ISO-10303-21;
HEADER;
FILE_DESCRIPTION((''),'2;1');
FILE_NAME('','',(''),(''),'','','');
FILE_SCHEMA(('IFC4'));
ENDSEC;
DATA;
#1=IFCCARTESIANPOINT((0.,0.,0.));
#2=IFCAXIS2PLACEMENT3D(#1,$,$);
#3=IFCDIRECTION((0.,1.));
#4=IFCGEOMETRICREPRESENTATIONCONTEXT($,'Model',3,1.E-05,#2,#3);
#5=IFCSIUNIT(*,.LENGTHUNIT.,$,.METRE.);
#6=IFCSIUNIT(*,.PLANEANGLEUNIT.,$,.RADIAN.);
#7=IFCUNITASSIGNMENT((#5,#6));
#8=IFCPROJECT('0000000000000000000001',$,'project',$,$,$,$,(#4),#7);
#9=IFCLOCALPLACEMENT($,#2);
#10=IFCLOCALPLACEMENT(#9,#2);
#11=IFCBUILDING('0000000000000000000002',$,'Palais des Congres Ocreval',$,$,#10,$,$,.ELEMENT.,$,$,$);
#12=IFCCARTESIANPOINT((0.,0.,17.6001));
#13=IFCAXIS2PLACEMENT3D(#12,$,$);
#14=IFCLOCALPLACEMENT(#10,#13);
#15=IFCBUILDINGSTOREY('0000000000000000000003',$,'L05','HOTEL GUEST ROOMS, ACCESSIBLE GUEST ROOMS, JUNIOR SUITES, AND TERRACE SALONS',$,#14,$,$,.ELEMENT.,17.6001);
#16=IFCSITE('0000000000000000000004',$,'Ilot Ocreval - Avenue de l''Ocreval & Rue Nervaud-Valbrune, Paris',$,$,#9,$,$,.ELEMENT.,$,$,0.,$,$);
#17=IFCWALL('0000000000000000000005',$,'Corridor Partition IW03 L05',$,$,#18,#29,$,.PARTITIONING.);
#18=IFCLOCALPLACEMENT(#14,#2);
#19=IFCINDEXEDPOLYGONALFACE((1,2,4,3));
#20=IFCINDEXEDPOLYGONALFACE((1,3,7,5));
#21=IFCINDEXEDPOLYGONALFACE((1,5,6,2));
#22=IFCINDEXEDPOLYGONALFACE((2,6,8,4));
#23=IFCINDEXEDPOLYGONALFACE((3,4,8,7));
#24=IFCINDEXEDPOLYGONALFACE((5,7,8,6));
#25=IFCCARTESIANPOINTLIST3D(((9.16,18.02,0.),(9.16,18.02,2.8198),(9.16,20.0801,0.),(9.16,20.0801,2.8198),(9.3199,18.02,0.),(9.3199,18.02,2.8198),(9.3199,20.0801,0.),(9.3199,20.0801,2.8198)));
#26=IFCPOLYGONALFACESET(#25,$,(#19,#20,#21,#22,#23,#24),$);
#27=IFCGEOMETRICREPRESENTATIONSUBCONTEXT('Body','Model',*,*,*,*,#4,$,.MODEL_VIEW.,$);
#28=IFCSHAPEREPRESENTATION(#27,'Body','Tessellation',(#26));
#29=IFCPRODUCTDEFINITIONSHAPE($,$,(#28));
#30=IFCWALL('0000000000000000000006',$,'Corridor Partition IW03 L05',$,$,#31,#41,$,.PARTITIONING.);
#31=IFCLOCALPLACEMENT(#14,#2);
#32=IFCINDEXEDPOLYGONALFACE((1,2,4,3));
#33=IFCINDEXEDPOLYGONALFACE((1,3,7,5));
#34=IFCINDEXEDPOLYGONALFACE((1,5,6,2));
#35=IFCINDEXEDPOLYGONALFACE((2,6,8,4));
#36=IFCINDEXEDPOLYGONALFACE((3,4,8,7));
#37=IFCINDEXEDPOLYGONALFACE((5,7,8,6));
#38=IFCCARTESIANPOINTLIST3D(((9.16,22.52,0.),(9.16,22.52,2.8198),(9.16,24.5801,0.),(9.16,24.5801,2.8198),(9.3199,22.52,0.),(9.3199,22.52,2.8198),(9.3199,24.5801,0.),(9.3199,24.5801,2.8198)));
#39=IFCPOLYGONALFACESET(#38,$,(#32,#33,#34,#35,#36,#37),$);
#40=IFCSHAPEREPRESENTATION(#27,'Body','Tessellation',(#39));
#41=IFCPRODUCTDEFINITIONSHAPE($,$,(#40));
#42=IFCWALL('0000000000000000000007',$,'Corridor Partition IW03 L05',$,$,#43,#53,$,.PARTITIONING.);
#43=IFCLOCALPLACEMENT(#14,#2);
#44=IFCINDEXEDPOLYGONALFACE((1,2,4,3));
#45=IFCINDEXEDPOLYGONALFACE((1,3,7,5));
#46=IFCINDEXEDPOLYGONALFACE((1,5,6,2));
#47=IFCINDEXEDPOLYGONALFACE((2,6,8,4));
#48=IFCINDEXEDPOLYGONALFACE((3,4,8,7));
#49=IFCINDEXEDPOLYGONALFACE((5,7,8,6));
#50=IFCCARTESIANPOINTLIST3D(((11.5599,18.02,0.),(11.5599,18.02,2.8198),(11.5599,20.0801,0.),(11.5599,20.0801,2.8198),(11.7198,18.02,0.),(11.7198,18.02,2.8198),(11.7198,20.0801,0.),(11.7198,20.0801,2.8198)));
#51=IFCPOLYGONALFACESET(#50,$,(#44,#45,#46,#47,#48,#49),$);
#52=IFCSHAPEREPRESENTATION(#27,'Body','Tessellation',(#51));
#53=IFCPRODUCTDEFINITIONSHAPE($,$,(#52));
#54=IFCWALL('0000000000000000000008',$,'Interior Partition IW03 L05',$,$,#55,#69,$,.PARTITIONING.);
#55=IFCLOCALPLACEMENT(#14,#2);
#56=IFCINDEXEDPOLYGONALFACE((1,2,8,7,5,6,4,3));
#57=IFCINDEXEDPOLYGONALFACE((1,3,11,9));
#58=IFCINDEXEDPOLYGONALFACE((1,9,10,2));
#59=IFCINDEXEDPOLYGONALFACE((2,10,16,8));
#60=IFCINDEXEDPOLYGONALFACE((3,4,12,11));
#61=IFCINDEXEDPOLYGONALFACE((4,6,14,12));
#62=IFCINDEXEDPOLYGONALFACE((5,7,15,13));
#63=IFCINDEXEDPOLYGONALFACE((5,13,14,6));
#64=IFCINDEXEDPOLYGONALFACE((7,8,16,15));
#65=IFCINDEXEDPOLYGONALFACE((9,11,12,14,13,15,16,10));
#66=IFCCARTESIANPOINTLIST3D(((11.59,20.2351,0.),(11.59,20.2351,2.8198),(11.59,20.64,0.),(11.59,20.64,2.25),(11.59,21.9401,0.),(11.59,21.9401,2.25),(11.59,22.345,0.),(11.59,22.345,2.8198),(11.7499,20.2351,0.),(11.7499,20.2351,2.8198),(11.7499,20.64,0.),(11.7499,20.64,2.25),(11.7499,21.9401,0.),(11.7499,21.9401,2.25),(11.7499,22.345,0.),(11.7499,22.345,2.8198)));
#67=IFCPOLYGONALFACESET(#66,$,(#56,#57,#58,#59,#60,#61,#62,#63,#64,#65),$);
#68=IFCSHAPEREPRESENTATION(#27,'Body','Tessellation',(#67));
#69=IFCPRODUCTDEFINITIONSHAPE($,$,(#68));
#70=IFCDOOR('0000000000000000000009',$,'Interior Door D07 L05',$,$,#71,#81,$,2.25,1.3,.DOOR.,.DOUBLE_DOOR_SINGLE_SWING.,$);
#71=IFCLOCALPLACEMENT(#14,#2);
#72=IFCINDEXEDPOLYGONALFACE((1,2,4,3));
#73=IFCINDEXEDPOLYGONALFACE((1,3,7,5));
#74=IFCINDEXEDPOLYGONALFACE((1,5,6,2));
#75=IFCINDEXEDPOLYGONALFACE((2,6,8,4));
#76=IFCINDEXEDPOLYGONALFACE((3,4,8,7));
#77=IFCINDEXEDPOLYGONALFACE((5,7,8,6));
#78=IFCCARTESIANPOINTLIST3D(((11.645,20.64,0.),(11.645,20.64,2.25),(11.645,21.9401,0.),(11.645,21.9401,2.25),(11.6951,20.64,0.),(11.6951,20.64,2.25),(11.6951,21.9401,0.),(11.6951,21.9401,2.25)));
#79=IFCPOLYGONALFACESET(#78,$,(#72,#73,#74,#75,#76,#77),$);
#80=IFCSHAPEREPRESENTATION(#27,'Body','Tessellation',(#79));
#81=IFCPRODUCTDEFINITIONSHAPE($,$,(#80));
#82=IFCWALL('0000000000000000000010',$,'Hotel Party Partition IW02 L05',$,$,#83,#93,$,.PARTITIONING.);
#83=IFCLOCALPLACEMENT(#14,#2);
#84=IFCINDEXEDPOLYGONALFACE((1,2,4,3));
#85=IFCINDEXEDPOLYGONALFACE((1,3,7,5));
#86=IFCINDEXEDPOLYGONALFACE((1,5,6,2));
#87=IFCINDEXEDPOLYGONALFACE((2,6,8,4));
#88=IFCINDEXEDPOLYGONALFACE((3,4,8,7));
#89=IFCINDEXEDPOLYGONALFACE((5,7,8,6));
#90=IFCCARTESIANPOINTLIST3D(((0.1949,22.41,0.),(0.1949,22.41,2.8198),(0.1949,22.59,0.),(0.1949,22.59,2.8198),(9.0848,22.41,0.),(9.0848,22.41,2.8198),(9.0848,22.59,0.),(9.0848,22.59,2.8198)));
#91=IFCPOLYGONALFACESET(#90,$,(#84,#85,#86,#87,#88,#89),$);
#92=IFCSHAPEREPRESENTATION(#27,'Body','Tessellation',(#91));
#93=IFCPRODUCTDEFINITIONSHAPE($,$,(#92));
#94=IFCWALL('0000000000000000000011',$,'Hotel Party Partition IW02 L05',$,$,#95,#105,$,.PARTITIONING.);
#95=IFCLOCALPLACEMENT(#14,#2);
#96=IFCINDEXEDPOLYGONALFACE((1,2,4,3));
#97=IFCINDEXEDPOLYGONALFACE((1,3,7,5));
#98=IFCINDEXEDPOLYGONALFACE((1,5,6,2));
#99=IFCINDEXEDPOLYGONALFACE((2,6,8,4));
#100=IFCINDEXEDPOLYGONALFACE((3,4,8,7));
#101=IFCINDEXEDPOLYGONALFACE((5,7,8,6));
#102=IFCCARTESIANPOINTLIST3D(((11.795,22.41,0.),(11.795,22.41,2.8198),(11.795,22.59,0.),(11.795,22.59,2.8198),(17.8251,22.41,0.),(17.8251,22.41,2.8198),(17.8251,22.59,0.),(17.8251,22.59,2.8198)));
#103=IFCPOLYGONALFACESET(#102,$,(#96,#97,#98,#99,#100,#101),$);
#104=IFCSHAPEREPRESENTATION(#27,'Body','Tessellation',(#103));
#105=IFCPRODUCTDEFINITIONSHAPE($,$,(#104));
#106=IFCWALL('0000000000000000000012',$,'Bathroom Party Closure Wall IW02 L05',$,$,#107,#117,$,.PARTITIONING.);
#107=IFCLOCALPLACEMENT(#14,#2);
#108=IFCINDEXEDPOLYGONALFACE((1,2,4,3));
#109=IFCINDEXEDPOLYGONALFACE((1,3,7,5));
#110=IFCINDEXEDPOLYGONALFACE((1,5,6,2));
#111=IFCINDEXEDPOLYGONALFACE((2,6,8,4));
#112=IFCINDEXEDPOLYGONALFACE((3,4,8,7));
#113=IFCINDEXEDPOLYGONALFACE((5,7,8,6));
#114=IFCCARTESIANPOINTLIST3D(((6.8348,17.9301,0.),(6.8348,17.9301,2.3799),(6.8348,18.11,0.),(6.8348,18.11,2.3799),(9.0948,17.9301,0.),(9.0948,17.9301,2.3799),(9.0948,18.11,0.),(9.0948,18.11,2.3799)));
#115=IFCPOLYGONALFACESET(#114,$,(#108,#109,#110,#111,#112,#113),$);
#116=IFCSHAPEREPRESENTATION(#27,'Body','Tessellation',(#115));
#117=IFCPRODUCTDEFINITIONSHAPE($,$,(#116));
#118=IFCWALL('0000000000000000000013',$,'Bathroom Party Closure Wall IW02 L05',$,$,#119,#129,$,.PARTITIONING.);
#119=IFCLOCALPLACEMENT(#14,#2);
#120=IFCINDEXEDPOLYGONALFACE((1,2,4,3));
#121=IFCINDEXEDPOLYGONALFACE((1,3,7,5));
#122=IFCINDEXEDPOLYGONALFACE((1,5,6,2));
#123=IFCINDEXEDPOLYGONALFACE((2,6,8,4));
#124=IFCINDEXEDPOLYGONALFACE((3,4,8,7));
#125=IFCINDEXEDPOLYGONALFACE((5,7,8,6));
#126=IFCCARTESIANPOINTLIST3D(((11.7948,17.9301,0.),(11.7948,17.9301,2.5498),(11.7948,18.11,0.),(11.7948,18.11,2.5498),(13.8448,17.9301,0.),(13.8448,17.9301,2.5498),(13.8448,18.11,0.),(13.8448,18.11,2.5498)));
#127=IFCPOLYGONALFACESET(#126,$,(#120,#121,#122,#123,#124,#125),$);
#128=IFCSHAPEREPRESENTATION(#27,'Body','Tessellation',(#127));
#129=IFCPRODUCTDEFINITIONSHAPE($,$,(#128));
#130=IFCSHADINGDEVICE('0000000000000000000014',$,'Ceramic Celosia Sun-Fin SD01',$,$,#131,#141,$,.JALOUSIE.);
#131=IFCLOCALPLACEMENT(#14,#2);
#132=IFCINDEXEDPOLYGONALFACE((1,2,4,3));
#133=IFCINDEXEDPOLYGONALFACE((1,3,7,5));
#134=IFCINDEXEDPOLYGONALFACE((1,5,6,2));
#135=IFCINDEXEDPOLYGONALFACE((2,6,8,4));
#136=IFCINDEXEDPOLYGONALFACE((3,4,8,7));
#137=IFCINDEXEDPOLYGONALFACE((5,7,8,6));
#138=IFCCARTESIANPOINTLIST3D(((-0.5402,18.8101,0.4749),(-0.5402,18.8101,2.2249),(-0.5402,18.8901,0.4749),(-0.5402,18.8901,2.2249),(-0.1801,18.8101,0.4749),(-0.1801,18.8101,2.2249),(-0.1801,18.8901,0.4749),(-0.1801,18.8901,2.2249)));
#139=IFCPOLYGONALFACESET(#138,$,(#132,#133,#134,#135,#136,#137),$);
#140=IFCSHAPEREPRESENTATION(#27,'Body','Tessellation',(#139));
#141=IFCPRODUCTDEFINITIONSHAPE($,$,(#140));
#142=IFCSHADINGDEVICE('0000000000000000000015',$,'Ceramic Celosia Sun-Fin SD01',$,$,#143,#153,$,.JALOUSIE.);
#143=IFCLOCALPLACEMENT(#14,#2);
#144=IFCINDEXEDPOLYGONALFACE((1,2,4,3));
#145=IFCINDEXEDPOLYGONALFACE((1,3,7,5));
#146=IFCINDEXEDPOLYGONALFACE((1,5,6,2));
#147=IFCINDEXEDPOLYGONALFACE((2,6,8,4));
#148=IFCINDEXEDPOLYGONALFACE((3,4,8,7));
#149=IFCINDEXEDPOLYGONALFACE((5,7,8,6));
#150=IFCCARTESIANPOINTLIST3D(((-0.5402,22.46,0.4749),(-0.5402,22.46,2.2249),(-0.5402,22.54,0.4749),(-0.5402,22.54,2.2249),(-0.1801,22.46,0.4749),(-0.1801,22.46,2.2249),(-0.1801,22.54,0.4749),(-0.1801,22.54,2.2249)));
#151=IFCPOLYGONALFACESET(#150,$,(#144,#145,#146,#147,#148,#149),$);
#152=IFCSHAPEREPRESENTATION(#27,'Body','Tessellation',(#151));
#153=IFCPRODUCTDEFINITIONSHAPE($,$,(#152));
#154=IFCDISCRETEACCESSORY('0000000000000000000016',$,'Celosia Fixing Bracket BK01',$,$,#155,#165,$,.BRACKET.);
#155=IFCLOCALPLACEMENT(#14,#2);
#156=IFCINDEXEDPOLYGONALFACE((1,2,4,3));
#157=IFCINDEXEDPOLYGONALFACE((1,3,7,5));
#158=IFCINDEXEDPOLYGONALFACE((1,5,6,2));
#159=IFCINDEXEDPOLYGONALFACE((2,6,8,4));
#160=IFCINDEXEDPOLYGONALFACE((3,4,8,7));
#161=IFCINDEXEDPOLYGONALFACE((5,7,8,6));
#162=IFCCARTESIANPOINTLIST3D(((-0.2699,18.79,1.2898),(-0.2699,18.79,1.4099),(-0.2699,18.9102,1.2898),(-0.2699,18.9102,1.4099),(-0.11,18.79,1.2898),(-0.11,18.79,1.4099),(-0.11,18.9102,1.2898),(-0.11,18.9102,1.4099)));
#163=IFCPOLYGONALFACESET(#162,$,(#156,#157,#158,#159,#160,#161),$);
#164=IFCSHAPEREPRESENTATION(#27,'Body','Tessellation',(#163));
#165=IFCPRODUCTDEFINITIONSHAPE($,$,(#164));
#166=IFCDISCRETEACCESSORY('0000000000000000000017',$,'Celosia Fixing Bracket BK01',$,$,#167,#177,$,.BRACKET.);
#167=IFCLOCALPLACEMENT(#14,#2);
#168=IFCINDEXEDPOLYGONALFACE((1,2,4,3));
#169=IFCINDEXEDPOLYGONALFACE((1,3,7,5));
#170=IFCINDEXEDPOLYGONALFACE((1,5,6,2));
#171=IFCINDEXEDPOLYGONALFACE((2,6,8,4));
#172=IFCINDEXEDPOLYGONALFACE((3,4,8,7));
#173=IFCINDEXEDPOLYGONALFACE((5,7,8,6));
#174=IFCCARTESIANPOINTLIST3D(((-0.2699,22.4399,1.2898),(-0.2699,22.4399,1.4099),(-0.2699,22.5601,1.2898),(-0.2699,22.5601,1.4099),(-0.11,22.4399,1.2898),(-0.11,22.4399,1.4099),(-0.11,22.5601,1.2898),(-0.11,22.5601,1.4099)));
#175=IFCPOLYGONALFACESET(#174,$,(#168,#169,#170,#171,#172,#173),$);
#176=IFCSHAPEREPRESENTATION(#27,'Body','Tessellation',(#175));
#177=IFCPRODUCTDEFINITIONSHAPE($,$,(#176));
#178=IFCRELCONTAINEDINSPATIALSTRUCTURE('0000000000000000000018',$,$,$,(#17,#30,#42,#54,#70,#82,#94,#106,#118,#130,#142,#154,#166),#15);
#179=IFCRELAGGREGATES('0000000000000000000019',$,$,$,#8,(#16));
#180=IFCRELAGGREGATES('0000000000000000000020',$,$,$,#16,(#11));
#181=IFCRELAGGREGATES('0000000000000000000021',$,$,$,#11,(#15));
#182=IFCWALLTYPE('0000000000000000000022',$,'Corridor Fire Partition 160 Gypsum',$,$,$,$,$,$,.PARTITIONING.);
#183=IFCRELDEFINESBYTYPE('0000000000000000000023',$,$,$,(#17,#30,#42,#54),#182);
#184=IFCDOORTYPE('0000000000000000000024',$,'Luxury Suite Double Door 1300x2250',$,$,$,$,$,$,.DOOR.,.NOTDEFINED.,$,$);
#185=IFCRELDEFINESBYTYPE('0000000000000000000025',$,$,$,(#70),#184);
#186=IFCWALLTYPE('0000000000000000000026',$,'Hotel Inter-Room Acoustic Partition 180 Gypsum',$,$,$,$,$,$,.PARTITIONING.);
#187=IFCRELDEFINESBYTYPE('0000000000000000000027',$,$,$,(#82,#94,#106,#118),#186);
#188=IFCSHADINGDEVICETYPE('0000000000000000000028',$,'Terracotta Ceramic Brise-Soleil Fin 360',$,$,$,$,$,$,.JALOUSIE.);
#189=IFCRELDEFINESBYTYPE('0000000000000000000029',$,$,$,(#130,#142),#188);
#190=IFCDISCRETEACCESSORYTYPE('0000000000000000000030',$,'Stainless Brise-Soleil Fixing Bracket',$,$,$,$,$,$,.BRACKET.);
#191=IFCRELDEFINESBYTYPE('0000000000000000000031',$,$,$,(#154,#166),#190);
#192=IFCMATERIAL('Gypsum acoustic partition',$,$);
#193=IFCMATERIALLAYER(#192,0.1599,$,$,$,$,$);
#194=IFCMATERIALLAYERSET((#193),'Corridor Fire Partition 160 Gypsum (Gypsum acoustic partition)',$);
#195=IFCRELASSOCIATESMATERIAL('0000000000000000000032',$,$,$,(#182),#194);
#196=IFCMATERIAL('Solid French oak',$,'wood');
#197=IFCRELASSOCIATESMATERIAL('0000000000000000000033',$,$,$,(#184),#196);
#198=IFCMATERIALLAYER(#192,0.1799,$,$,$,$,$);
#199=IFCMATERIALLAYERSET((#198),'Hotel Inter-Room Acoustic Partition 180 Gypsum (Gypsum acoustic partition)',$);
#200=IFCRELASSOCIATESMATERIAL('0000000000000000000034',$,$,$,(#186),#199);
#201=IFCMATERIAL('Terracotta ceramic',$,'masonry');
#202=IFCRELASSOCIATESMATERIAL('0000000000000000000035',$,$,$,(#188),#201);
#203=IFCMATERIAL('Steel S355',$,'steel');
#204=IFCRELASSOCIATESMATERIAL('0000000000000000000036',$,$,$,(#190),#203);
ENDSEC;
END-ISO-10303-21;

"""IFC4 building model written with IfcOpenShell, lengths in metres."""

from ifc_helpers import new_model, si_unit, direction, frame, frame_2d, origin, origin_2d, place, context, subcontext, project, spatial, rectangle, extrude, material, layer, layer_set, type_object, element, fill, save


model = new_model("IFC4")

# Units and contexts
model_context = context("Model", 3, precision=1e-05, world=origin(), true_north=direction((0.0, 1.0)))
body_context = subcontext(model_context, "Body", "Model", "MODEL_VIEW")
ifc_project = project(units=[si_unit("LENGTHUNIT", "METRE"), si_unit("PLANEANGLEUNIT", "RADIAN")], contexts=[model_context])

# Site, building, storey
site_placement = place(None, origin())
site = spatial("IfcSite", under=ifc_project, at=site_placement, Name="Ilot Ocreval - Avenue de l'Ocreval & Rue Nervaud-Valbrune, Paris", CompositionType="ELEMENT", RefElevation=0.0)
building_placement = place(site_placement, origin())
building = spatial("IfcBuilding", under=site, at=building_placement, Name="Palais des Congres Ocreval", CompositionType="ELEMENT")
storey_placement = place(building_placement, frame((0.0, 0.0, 17.6001)))
storey = spatial("IfcBuildingStorey", under=building, at=storey_placement, Name="L05", Description="HOTEL GUEST ROOMS, ACCESSIBLE GUEST ROOMS, JUNIOR SUITES, AND TERRACE SALONS", CompositionType="ELEMENT", Elevation=17.6001)

# Shared definitions
ifc_material_1 = material(Name="Steel S355", Category="steel")

# Shared definitions
ifc_material_2 = material(Name="Solid French oak", Category="wood")

# Walls
ifc_material_3 = material(Name="Gypsum acoustic partition")
ifc_layer_1 = layer(ifc_material_3, 0.1599)
ifc_layer_set_1 = layer_set([ifc_layer_1], Name="Corridor Fire Partition 160 Gypsum (Gypsum acoustic partition)")
wall_type_1 = type_object("IfcWallType", Name="Corridor Fire Partition 160 Gypsum", PredefinedType="PARTITIONING", material=ifc_layer_set_1)
for number, where, z_axis, x_axis, name in (
    (1, (9.24, 18.02, 0.0), (0.0, 0.0, 1.0), (0.0, 1.0, 0.0), "Corridor Partition IW03 L05"),
    (2, (9.24, 22.52, 0.0), (0.0, 0.0, 1.0), (0.0, 1.0, 0.0), "Corridor Partition IW03 L05"),
    (3, (11.6399, 18.02, 0.0), (0.0, 0.0, 1.0), (0.0, 1.0, 0.0), "Corridor Partition IW03 L05"),
):
    element("IfcWall", number, at=place(storey_placement, frame(where, z_axis=z_axis, x_axis=x_axis)), inside=storey, type_object=wall_type_1, Name=name, PredefinedType="PARTITIONING", context=body_context, shape_type="SweptSolid", body=[
        extrude(rectangle(XDim=2.0601, YDim=0.1599, at=frame_2d((1.03, 0.0))), origin(), (0.0, 0.0, 1.0), 2.8198),
    ])

# Wall, opening, door
wall_1_placement = place(storey_placement, frame((11.6699, 20.2351, 0.0), z_axis=(0.0, 0.0, 1.0), x_axis=(0.0, 1.0, 0.0)))
wall_1 = element("IfcWall", 4, at=wall_1_placement, inside=storey, type_object=wall_type_1, Name="Interior Partition IW03 L05", PredefinedType="PARTITIONING", context=body_context, shape_type="SweptSolid", body=[
    extrude(rectangle(XDim=2.1099, YDim=0.1599, at=frame_2d((1.0549, 0.0))), origin(), (0.0, 0.0, 1.0), 2.8198),
])
opening_1_placement = place(wall_1_placement, frame((0.405, 0.0, 0.0)))
opening_1 = element("IfcOpeningElement", 5, at=opening_1_placement, cuts=wall_1, PredefinedType="OPENING", context=body_context, shape_type="SweptSolid", body=[
    extrude(rectangle(XDim=1.3, YDim=2.25, at=frame_2d((0.6499, 1.125))), frame((0.0, 0.0898, 0.0), z_axis=(0.0, -1.0, 0.0), x_axis=(1.0, 0.0, 0.0)), (0.0, 0.0, 1.0), 0.1799),
])
door_type_1 = type_object("IfcDoorType", Name="Luxury Suite Double Door 1300x2250", OperationType="NOTDEFINED", PredefinedType="DOOR", material=ifc_material_2)
door_1_placement = place(opening_1_placement, origin())
door_1 = element("IfcDoor", 6, at=door_1_placement, inside=storey, type_object=door_type_1, Name="Interior Door D07 L05", OperationType="DOUBLE_DOOR_SINGLE_SWING", OverallHeight=2.25, OverallWidth=1.3, PredefinedType="DOOR", context=body_context, shape_type="SweptSolid", body=[
    extrude(rectangle(XDim=1.3, YDim=2.25, at=frame_2d((0.6499, 1.125))), frame((0.0, 0.0249, 0.0), z_axis=(0.0, -1.0, 0.0), x_axis=(1.0, 0.0, 0.0)), (0.0, 0.0, 1.0), 0.05),
])
fill(opening_1, door_1)

# Walls
ifc_layer_2 = layer(ifc_material_3, 0.1799)
ifc_layer_set_2 = layer_set([ifc_layer_2], Name="Hotel Inter-Room Acoustic Partition 180 Gypsum (Gypsum acoustic partition)")
wall_type_2 = type_object("IfcWallType", Name="Hotel Inter-Room Acoustic Partition 180 Gypsum", PredefinedType="PARTITIONING", material=ifc_layer_set_2)
wall_2_placement = place(storey_placement, frame((0.1951, 22.5, 0.0), z_axis=(0.0, 0.0, 1.0), x_axis=(1.0, 0.0, 0.0)))
element("IfcWall", 7, at=wall_2_placement, inside=storey, type_object=wall_type_2, Name="Hotel Party Partition IW02 L05", PredefinedType="PARTITIONING", context=body_context, shape_type="SweptSolid", body=[
    extrude(rectangle(XDim=8.8899, YDim=0.1799, at=frame_2d((4.4448, 0.0))), origin(), (0.0, 0.0, 1.0), 2.8198),
])
wall_3_placement = place(storey_placement, frame((11.7949, 22.5, 0.0), z_axis=(0.0, 0.0, 1.0), x_axis=(1.0, 0.0, 0.0)))
element("IfcWall", 8, at=wall_3_placement, inside=storey, type_object=wall_type_2, Name="Hotel Party Partition IW02 L05", PredefinedType="PARTITIONING", context=body_context, shape_type="SweptSolid", body=[
    extrude(rectangle(XDim=6.03, YDim=0.1799, at=frame_2d((3.0151, 0.0))), origin(), (0.0, 0.0, 1.0), 2.8198),
])
wall_4_placement = place(storey_placement, frame((6.835, 18.02, 0.0), z_axis=(0.0, 0.0, 1.0), x_axis=(1.0, 0.0, 0.0)))
element("IfcWall", 9, at=wall_4_placement, inside=storey, type_object=wall_type_2, Name="Bathroom Party Closure Wall IW02 L05", PredefinedType="PARTITIONING", context=body_context, shape_type="SweptSolid", body=[
    extrude(rectangle(XDim=2.26, YDim=0.1799, at=frame_2d((1.1299, 0.0))), origin(), (0.0, 0.0, 1.0), 2.3799),
])
wall_5_placement = place(storey_placement, frame((11.7949, 18.02, 0.0), z_axis=(0.0, 0.0, 1.0), x_axis=(1.0, 0.0, 0.0)))
element("IfcWall", 10, at=wall_5_placement, inside=storey, type_object=wall_type_2, Name="Bathroom Party Closure Wall IW02 L05", PredefinedType="PARTITIONING", context=body_context, shape_type="SweptSolid", body=[
    extrude(rectangle(XDim=2.05, YDim=0.1799, at=frame_2d((1.0249, 0.0))), origin(), (0.0, 0.0, 1.0), 2.5498),
])

# Shading devices
ifc_material_4 = material(Name="Terracotta ceramic", Category="masonry")
shading_device_type = type_object("IfcShadingDeviceType", Name="Terracotta Ceramic Brise-Soleil Fin 360", PredefinedType="JALOUSIE", material=ifc_material_4)
for number, where, z_axis, x_axis, name in (
    (11, (-0.3601, 18.8501, 0.4749), (0.0, 0.0, 1.0), (-1.0, 0.0, 0.0), "Ceramic Celosia Sun-Fin SD01"),
    (12, (-0.3601, 22.5, 0.4749), (0.0, 0.0, 1.0), (-1.0, 0.0, 0.0), "Ceramic Celosia Sun-Fin SD01"),
):
    element("IfcShadingDevice", number, at=place(storey_placement, frame(where, z_axis=z_axis, x_axis=x_axis)), inside=storey, type_object=shading_device_type, Name=name, PredefinedType="JALOUSIE", context=body_context, shape_type="SweptSolid", body=[
        extrude(rectangle(XDim=0.3601, YDim=0.0801, at=origin_2d()), origin(), (0.0, 0.0, 1.0), 1.75),
    ])

# Discrete accessories
discrete_accessory_type = type_object("IfcDiscreteAccessoryType", Name="Stainless Brise-Soleil Fixing Bracket", PredefinedType="BRACKET", material=ifc_material_1)
for number, where, z_axis, x_axis, name in (
    (13, (-0.1899, 18.8501, 1.2898), (0.0, 0.0, 1.0), (-1.0, 0.0, 0.0), "Celosia Fixing Bracket BK01"),
    (14, (-0.1899, 22.5, 1.2898), (0.0, 0.0, 1.0), (-1.0, 0.0, 0.0), "Celosia Fixing Bracket BK01"),
):
    element("IfcDiscreteAccessory", number, at=place(storey_placement, frame(where, z_axis=z_axis, x_axis=x_axis)), inside=storey, type_object=discrete_accessory_type, Name=name, PredefinedType="BRACKET", context=body_context, shape_type="SweptSolid", body=[
        extrude(rectangle(XDim=0.1599, YDim=0.1201, at=origin_2d()), origin(), (0.0, 0.0, 1.0), 0.1201),
    ])

save(model, "model.ifc")
